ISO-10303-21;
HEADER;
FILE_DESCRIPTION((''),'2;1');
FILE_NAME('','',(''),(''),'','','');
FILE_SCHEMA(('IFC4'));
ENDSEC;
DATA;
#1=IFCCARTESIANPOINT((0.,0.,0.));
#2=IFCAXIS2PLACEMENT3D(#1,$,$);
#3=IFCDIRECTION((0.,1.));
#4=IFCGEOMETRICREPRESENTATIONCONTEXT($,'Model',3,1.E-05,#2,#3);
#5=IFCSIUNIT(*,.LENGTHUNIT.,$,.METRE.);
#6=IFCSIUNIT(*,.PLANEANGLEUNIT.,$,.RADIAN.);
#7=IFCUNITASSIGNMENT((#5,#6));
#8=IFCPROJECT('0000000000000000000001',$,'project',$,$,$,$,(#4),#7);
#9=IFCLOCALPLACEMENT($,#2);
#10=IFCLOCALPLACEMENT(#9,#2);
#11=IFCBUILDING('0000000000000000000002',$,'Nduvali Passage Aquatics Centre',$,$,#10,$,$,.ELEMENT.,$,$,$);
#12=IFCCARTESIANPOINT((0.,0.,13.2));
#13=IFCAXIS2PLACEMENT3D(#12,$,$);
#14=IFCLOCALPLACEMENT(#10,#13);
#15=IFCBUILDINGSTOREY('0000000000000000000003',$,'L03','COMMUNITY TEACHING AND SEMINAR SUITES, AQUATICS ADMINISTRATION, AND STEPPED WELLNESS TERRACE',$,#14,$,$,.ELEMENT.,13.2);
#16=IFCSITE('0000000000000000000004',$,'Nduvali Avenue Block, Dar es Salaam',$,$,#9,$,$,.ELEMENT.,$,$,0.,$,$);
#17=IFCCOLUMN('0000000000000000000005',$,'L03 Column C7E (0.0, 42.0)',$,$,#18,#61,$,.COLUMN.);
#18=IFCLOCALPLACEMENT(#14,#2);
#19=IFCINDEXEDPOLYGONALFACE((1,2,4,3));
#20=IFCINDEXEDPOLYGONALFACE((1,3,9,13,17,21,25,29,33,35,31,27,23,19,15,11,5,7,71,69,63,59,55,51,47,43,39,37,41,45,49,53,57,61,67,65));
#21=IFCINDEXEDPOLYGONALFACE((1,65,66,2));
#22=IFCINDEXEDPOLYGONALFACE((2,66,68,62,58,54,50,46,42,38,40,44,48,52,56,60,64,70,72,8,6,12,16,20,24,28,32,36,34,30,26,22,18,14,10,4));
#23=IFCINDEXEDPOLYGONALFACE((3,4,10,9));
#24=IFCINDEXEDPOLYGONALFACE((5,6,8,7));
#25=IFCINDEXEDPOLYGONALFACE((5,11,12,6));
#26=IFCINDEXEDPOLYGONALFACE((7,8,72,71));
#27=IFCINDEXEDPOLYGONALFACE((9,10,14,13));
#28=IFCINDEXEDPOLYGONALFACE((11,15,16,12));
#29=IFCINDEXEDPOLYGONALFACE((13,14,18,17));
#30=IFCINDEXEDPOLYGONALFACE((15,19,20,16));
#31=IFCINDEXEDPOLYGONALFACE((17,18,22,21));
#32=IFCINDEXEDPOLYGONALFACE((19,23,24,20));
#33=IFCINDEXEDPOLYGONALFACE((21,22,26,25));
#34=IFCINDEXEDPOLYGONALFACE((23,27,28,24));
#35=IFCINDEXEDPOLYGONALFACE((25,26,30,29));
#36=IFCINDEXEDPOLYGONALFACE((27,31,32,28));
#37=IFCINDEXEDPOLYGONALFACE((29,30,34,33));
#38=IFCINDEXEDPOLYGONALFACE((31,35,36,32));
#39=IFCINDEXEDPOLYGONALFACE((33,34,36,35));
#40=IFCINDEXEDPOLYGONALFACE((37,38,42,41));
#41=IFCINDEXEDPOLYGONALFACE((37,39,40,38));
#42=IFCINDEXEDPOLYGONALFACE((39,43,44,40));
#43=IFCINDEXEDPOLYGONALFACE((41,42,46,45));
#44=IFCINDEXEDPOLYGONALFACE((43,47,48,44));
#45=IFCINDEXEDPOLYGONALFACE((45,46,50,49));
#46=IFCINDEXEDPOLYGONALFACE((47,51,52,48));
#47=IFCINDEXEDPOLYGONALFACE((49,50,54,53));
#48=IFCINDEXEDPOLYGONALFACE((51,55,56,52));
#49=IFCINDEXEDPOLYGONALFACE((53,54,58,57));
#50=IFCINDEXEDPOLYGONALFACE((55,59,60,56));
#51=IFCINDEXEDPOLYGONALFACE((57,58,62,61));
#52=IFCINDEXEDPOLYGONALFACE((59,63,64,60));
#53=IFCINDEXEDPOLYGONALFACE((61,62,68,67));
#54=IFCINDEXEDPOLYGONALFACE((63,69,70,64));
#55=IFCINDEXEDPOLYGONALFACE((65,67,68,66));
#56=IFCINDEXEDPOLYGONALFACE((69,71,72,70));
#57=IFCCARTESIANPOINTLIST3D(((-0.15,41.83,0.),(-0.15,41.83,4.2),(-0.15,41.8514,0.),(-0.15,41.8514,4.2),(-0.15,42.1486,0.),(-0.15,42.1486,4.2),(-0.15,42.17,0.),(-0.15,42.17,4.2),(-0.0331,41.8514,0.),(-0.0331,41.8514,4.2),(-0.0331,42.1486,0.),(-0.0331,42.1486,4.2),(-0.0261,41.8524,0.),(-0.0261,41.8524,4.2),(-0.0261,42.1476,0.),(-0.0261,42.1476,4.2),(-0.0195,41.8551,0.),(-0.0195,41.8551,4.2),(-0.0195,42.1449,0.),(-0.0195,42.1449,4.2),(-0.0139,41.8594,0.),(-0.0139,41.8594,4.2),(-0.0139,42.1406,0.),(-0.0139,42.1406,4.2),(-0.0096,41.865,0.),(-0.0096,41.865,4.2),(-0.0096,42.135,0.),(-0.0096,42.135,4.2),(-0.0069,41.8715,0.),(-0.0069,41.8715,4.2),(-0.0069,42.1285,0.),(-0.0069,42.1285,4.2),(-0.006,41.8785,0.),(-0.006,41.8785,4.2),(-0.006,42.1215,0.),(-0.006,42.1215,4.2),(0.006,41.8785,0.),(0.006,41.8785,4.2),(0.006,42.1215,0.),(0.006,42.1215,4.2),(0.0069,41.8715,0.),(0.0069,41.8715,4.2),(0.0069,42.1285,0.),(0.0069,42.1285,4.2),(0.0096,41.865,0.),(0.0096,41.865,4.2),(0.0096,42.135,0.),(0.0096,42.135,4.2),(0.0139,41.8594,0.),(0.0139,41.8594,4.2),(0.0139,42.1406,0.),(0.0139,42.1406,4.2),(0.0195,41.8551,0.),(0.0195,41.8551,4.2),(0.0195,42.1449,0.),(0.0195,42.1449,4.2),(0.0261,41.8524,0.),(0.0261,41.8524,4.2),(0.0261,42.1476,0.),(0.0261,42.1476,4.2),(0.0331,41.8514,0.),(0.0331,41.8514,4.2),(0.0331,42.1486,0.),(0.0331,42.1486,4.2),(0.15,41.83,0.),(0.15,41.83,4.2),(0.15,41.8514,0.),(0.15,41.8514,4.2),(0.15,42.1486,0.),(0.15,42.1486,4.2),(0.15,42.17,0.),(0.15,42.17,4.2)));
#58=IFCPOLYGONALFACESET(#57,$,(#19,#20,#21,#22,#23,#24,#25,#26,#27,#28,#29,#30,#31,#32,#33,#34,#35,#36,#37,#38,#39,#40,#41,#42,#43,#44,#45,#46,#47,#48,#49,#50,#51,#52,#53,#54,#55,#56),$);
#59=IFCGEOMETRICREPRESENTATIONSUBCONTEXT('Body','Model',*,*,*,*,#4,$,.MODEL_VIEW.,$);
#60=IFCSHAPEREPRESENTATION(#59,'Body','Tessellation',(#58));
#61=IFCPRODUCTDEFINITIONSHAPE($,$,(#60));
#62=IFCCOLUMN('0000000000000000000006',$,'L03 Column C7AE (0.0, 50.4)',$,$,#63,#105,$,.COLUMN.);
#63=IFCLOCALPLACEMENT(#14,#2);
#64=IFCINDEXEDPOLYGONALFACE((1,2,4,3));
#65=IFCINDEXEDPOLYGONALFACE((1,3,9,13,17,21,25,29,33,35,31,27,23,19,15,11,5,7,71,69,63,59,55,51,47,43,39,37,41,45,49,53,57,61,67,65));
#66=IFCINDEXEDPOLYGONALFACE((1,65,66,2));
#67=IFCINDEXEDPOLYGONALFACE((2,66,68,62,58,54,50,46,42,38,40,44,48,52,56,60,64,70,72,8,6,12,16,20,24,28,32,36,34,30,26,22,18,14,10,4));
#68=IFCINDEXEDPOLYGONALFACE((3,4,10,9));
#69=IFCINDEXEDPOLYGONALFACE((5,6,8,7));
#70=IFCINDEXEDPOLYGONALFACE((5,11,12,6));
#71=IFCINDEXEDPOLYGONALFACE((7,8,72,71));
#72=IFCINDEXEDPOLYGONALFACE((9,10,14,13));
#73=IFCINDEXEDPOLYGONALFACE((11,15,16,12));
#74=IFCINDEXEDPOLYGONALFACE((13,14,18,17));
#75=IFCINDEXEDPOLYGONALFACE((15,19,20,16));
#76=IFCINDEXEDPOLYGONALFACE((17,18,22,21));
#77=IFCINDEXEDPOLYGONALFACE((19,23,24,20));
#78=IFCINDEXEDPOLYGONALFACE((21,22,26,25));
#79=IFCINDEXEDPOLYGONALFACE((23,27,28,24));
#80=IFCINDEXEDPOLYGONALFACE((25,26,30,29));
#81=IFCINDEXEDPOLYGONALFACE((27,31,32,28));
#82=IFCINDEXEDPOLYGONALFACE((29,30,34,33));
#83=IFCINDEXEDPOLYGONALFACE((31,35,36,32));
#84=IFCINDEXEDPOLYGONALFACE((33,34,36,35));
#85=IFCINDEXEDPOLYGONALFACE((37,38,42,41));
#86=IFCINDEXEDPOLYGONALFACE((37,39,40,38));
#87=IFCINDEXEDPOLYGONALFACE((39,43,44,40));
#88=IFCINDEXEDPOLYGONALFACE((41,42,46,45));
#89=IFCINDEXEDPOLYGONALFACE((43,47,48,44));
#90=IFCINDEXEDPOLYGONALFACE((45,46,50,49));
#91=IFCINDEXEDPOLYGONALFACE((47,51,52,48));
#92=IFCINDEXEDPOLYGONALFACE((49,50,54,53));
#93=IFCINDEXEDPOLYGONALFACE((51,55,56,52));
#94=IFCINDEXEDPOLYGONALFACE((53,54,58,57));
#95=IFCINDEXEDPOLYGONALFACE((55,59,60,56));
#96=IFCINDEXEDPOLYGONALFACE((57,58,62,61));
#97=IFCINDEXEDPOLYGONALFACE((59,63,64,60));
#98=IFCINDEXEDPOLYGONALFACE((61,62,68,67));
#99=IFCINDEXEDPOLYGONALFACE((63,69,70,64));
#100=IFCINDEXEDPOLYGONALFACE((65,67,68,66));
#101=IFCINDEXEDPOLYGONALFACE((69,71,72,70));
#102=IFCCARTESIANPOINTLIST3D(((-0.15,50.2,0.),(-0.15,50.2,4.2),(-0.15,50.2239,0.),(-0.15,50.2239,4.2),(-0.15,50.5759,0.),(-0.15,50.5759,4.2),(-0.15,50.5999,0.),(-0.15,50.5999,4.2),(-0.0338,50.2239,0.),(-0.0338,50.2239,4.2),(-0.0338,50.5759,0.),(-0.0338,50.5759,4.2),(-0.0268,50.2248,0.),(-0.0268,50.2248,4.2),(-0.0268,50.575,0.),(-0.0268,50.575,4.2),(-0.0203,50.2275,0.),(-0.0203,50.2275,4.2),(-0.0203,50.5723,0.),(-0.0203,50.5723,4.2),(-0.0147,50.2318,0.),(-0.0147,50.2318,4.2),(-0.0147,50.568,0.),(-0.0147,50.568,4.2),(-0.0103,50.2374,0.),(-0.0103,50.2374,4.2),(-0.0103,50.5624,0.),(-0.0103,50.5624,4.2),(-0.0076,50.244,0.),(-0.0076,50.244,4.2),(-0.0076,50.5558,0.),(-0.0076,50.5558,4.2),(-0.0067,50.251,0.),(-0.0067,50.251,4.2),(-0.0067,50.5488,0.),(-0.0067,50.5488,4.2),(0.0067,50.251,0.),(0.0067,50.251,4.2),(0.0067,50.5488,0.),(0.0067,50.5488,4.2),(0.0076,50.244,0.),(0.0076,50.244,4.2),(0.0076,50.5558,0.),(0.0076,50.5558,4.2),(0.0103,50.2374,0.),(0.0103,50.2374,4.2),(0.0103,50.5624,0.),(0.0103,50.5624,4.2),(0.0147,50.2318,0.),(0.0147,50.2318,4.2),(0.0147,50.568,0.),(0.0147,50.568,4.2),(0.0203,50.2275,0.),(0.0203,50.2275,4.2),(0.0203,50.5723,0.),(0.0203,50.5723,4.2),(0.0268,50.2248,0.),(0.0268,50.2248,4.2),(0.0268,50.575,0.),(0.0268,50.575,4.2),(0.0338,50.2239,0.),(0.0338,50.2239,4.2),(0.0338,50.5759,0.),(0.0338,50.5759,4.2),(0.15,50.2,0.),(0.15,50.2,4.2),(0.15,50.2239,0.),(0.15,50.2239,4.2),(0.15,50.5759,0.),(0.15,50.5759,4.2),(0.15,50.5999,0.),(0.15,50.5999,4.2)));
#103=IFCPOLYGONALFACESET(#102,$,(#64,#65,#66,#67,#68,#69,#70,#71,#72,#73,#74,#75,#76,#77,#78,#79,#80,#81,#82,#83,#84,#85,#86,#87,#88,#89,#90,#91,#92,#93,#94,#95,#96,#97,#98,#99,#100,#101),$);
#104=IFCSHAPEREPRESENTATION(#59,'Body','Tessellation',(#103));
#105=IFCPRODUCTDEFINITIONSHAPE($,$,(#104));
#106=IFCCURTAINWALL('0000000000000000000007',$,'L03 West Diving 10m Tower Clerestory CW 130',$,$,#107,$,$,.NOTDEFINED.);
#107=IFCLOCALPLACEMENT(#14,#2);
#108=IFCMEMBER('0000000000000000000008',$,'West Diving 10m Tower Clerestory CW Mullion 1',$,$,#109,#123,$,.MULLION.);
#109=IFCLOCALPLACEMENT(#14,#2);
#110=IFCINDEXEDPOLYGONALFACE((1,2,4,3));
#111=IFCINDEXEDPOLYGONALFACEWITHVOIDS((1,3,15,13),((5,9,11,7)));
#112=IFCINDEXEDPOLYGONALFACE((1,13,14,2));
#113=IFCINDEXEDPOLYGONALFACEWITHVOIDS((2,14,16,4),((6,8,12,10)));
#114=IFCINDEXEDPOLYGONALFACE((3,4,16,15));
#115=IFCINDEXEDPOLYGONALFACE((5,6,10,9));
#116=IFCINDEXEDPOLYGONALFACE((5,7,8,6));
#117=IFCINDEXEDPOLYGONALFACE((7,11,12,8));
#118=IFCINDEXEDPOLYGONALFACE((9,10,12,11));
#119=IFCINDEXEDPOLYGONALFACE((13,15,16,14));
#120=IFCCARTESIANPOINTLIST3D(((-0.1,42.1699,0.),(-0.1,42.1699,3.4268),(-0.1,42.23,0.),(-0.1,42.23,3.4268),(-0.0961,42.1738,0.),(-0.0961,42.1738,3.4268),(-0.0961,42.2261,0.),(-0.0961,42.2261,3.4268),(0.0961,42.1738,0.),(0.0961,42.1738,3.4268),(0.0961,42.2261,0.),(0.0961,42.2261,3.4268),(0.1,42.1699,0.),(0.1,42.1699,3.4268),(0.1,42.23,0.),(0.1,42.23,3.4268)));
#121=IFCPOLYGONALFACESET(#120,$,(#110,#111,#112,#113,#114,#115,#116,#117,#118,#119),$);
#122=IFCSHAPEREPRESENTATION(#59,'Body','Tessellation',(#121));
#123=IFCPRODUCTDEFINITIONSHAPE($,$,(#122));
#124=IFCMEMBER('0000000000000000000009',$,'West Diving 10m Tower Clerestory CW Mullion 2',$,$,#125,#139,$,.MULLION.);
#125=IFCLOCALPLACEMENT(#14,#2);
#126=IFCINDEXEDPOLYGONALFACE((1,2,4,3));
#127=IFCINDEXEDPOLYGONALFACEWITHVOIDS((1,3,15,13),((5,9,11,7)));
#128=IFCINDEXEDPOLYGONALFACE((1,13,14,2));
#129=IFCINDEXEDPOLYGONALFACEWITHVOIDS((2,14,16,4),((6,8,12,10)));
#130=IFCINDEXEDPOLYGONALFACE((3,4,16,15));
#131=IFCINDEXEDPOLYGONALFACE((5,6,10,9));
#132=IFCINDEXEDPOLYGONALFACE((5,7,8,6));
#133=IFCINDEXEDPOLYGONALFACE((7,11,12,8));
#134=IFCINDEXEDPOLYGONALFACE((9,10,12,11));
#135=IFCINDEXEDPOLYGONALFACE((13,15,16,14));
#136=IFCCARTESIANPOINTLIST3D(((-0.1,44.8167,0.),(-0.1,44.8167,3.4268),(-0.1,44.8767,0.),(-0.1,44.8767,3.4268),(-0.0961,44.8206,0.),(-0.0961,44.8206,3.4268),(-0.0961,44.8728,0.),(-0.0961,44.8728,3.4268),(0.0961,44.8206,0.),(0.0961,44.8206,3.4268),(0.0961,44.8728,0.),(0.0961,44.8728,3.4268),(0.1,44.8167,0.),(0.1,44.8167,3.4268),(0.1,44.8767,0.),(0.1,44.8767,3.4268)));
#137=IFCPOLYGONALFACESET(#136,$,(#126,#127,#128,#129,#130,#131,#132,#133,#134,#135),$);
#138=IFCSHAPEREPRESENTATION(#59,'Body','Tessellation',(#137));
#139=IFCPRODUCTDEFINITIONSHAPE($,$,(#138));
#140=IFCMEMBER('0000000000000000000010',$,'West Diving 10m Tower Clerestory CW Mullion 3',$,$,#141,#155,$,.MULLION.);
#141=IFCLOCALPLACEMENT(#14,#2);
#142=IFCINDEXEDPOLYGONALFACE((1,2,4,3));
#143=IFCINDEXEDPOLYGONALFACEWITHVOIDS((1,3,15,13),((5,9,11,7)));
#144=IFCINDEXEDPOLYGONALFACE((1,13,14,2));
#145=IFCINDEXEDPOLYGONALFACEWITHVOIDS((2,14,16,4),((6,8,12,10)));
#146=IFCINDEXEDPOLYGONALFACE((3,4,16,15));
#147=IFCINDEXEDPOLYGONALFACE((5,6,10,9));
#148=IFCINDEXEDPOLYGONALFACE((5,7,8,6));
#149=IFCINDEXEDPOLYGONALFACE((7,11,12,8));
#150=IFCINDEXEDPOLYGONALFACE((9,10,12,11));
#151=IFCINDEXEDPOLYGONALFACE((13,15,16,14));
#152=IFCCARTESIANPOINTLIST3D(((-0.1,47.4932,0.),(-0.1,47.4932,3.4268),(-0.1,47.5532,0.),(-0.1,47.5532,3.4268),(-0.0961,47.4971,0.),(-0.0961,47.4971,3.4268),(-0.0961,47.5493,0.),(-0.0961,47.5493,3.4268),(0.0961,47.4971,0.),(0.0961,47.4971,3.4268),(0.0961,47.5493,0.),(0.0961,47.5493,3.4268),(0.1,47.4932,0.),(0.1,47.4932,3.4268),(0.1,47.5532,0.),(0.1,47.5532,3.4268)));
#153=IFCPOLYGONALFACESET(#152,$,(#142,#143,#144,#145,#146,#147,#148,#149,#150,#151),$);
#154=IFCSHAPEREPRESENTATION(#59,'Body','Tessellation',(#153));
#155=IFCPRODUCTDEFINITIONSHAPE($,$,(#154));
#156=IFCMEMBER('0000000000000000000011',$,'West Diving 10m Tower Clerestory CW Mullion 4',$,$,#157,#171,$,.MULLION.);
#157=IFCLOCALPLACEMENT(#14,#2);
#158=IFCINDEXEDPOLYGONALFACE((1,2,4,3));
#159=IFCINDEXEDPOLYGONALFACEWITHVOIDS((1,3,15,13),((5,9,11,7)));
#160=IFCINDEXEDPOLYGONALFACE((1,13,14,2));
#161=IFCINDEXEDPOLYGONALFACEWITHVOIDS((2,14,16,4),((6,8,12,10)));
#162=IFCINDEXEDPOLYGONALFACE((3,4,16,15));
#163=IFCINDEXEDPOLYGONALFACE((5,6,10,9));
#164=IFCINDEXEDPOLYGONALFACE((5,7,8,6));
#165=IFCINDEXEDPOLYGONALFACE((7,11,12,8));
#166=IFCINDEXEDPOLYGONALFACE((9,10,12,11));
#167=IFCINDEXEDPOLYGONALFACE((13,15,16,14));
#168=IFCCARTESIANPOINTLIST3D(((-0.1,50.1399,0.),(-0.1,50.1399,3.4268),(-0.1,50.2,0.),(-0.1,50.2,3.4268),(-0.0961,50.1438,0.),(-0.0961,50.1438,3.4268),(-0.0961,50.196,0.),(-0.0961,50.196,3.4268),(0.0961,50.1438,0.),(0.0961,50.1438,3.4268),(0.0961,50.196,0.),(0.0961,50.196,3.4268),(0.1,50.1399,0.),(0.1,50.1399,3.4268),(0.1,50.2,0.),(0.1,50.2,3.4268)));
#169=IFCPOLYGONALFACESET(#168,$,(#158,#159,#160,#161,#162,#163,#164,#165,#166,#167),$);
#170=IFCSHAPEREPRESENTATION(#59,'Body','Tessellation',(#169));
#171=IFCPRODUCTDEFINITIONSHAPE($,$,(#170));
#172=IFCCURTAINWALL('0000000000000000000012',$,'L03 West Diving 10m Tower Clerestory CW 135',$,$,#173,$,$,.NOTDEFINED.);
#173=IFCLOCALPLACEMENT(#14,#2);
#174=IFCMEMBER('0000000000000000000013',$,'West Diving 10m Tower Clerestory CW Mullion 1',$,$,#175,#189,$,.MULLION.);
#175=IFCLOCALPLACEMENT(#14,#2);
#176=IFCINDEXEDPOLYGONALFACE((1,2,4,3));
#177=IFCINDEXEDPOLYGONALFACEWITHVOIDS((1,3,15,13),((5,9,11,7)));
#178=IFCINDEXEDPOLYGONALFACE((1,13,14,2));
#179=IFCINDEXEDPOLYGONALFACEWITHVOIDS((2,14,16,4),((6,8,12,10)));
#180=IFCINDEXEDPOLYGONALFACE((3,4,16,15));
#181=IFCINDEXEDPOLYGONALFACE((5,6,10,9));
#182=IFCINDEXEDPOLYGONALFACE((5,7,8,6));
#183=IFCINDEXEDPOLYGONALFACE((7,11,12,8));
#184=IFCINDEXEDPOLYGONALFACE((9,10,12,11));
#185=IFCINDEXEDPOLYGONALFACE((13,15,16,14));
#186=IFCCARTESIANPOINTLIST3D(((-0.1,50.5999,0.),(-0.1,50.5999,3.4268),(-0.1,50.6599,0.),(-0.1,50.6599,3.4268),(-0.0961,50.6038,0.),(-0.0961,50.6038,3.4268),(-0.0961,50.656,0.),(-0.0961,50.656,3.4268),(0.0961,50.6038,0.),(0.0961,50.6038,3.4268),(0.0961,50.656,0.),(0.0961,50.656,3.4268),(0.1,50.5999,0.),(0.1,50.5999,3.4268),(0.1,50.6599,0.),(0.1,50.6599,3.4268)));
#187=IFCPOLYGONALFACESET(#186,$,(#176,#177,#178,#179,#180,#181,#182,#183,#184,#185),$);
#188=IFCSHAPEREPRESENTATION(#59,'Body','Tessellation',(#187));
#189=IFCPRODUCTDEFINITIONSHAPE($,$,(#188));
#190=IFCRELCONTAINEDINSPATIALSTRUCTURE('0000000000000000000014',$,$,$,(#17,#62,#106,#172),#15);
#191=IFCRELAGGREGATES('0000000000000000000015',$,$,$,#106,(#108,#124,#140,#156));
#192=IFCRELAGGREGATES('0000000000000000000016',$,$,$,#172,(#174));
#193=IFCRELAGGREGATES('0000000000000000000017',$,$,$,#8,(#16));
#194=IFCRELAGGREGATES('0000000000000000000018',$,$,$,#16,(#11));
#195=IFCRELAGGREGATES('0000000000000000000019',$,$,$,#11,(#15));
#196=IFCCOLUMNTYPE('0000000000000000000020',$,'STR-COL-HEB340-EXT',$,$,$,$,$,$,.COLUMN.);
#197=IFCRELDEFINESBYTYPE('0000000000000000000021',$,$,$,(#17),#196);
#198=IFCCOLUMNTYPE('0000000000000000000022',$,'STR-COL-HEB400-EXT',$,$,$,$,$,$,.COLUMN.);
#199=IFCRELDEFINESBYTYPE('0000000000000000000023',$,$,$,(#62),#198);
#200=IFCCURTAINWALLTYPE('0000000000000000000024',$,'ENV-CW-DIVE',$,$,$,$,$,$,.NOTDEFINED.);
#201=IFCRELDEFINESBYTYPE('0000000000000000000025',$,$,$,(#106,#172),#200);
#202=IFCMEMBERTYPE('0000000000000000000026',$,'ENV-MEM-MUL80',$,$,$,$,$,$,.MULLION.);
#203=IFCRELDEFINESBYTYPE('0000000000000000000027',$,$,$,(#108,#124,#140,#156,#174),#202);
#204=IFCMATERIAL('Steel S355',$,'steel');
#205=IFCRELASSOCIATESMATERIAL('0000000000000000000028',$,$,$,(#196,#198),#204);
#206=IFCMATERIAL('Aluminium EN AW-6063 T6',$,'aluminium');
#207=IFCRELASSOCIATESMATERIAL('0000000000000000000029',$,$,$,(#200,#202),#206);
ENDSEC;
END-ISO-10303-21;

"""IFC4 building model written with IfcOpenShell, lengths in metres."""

from ifc_helpers import new_model, si_unit, direction, frame, origin, origin_2d, place, context, subcontext, project, spatial, hollow_rectangle, i_section, extrude, material, material_profile, profile_set, type_object, element, aggregate, save


model = new_model("IFC4")

# Units and contexts
model_context = context("Model", 3, precision=1e-05, world=origin(), true_north=direction((0.0, 1.0)))
body_context = subcontext(model_context, "Body", "Model", "MODEL_VIEW")
ifc_project = project(units=[si_unit("LENGTHUNIT", "METRE"), si_unit("PLANEANGLEUNIT", "RADIAN")], contexts=[model_context])

# Site, building, storey
site_placement = place(None, origin())
site = spatial("IfcSite", under=ifc_project, at=site_placement, Name="Nduvali Avenue Block, Dar es Salaam", CompositionType="ELEMENT", RefElevation=0.0)
building_placement = place(site_placement, origin())
building = spatial("IfcBuilding", under=site, at=building_placement, Name="Nduvali Passage Aquatics Centre", CompositionType="ELEMENT")
storey_placement = place(building_placement, frame((0.0, 0.0, 13.2)))
storey = spatial("IfcBuildingStorey", under=building, at=storey_placement, Name="L03", Description="COMMUNITY TEACHING AND SEMINAR SUITES, AQUATICS ADMINISTRATION, AND STEPPED WELLNESS TERRACE", CompositionType="ELEMENT", Elevation=13.2)

# Columns
ifc_material_1 = material(Name="Steel S355", Category="steel")
ifc_material_profile_1 = material_profile(ifc_material_1, i_section(OverallWidth=0.3, OverallDepth=0.3401, WebThickness=0.012, FlangeThickness=0.0215, FilletRadius=0.0271, at=origin_2d()), Name="HEB 340")
ifc_profile_set_1 = profile_set([ifc_material_profile_1], Name="Steel S355")
column_type_1 = type_object("IfcColumnType", Name="STR-COL-HEB340-EXT", PredefinedType="COLUMN", material=ifc_profile_set_1)
column_1_placement = place(storey_placement, frame((0.0, 42.0, 0.0), z_axis=(0.0, 0.0, 1.0), x_axis=(1.0, 0.0, 0.0)))
element("IfcColumn", 1, at=column_1_placement, inside=storey, type_object=column_type_1, Name="L03 Column C7E (0.0, 42.0)", PredefinedType="COLUMN", context=body_context, shape_type="SweptSolid", body=[
    extrude(i_section(OverallWidth=0.3, OverallDepth=0.3401, WebThickness=0.012, FlangeThickness=0.0215, FilletRadius=0.0271, at=origin_2d()), origin(), (0.0, 0.0, 1.0), 4.2),
])
ifc_material_profile_2 = material_profile(ifc_material_1, i_section(OverallWidth=0.3, OverallDepth=0.3999, WebThickness=0.0134, FlangeThickness=0.0239, FilletRadius=0.0271, at=origin_2d()), Name="HEB 400")
ifc_profile_set_2 = profile_set([ifc_material_profile_2], Name="Steel S355")
column_type_2 = type_object("IfcColumnType", Name="STR-COL-HEB400-EXT", PredefinedType="COLUMN", material=ifc_profile_set_2)
column_2_placement = place(storey_placement, frame((0.0, 50.3999, 0.0), z_axis=(0.0, 0.0, 1.0), x_axis=(1.0, 0.0, 0.0)))
element("IfcColumn", 2, at=column_2_placement, inside=storey, type_object=column_type_2, Name="L03 Column C7AE (0.0, 50.4)", PredefinedType="COLUMN", context=body_context, shape_type="SweptSolid", body=[
    extrude(i_section(OverallWidth=0.3, OverallDepth=0.3999, WebThickness=0.0134, FlangeThickness=0.0239, FilletRadius=0.0271, at=origin_2d()), origin(), (0.0, 0.0, 1.0), 4.2),
])

# Curtain wall, members
ifc_material_2 = material(Name="Aluminium EN AW-6063 T6", Category="aluminium")
curtain_wall_type = type_object("IfcCurtainWallType", Name="ENV-CW-DIVE", PredefinedType="NOTDEFINED", material=ifc_material_2)
curtain_wall_1_placement = place(storey_placement, origin())
curtain_wall_1 = element("IfcCurtainWall", 3, at=curtain_wall_1_placement, inside=storey, type_object=curtain_wall_type, Name="L03 West Diving 10m Tower Clerestory CW 130", PredefinedType="NOTDEFINED")
ifc_material_profile_3 = material_profile(ifc_material_2, hollow_rectangle(XDim=0.0601, YDim=0.2, WallThickness=0.0039, at=origin_2d()), Name="ALU MULLION 60x200x4")
ifc_profile_set_3 = profile_set([ifc_material_profile_3], Name="Aluminium EN AW-6063 T6")
member_type_1 = type_object("IfcMemberType", Name="ENV-MEM-MUL80", PredefinedType="MULLION", material=ifc_profile_set_3)
member_1_placement = place(storey_placement, frame((0.0, 42.2, 0.0), z_axis=(0.0, 0.0, 1.0), x_axis=(0.0, 1.0, 0.0)))
member_1 = element("IfcMember", 4, at=member_1_placement, type_object=member_type_1, Name="West Diving 10m Tower Clerestory CW Mullion 1", PredefinedType="MULLION", context=body_context, shape_type="SweptSolid", body=[
    extrude(hollow_rectangle(XDim=0.0601, YDim=0.2, WallThickness=0.0039, at=origin_2d()), origin(), (0.0, 0.0, 1.0), 3.4268),
])
member_2_placement = place(storey_placement, frame((0.0, 44.8467, 0.0), z_axis=(0.0, 0.0, 1.0), x_axis=(0.0, 1.0, 0.0)))
member_2 = element("IfcMember", 5, at=member_2_placement, type_object=member_type_1, Name="West Diving 10m Tower Clerestory CW Mullion 2", PredefinedType="MULLION", context=body_context, shape_type="SweptSolid", body=[
    extrude(hollow_rectangle(XDim=0.0601, YDim=0.2, WallThickness=0.0039, at=origin_2d()), origin(), (0.0, 0.0, 1.0), 3.4268),
])
member_3_placement = place(storey_placement, frame((0.0, 47.5232, 0.0), z_axis=(0.0, 0.0, 1.0), x_axis=(0.0, 1.0, 0.0)))
member_3 = element("IfcMember", 6, at=member_3_placement, type_object=member_type_1, Name="West Diving 10m Tower Clerestory CW Mullion 3", PredefinedType="MULLION", context=body_context, shape_type="SweptSolid", body=[
    extrude(hollow_rectangle(XDim=0.0601, YDim=0.2, WallThickness=0.0039, at=origin_2d()), origin(), (0.0, 0.0, 1.0), 3.4268),
])
member_4_placement = place(storey_placement, frame((0.0, 50.1699, 0.0), z_axis=(0.0, 0.0, 1.0), x_axis=(0.0, 1.0, 0.0)))
member_4 = element("IfcMember", 7, at=member_4_placement, type_object=member_type_1, Name="West Diving 10m Tower Clerestory CW Mullion 4", PredefinedType="MULLION", context=body_context, shape_type="SweptSolid", body=[
    extrude(hollow_rectangle(XDim=0.0601, YDim=0.2, WallThickness=0.0039, at=origin_2d()), origin(), (0.0, 0.0, 1.0), 3.4268),
])

# Curtain wall, member
curtain_wall_2_placement = place(storey_placement, origin())
curtain_wall_2 = element("IfcCurtainWall", 8, at=curtain_wall_2_placement, inside=storey, type_object=curtain_wall_type, Name="L03 West Diving 10m Tower Clerestory CW 135", PredefinedType="NOTDEFINED")
member_5_placement = place(storey_placement, frame((0.0, 50.6299, 0.0), z_axis=(0.0, 0.0, 1.0), x_axis=(0.0, 1.0, 0.0)))
member_5 = element("IfcMember", 9, at=member_5_placement, type_object=member_type_1, Name="West Diving 10m Tower Clerestory CW Mullion 1", PredefinedType="MULLION", context=body_context, shape_type="SweptSolid", body=[
    extrude(hollow_rectangle(XDim=0.0601, YDim=0.2, WallThickness=0.0039, at=origin_2d()), origin(), (0.0, 0.0, 1.0), 3.4268),
])

aggregate(curtain_wall_1, [member_1, member_2, member_3, member_4])
aggregate(curtain_wall_2, [member_5])

save(model, "model.ifc")
